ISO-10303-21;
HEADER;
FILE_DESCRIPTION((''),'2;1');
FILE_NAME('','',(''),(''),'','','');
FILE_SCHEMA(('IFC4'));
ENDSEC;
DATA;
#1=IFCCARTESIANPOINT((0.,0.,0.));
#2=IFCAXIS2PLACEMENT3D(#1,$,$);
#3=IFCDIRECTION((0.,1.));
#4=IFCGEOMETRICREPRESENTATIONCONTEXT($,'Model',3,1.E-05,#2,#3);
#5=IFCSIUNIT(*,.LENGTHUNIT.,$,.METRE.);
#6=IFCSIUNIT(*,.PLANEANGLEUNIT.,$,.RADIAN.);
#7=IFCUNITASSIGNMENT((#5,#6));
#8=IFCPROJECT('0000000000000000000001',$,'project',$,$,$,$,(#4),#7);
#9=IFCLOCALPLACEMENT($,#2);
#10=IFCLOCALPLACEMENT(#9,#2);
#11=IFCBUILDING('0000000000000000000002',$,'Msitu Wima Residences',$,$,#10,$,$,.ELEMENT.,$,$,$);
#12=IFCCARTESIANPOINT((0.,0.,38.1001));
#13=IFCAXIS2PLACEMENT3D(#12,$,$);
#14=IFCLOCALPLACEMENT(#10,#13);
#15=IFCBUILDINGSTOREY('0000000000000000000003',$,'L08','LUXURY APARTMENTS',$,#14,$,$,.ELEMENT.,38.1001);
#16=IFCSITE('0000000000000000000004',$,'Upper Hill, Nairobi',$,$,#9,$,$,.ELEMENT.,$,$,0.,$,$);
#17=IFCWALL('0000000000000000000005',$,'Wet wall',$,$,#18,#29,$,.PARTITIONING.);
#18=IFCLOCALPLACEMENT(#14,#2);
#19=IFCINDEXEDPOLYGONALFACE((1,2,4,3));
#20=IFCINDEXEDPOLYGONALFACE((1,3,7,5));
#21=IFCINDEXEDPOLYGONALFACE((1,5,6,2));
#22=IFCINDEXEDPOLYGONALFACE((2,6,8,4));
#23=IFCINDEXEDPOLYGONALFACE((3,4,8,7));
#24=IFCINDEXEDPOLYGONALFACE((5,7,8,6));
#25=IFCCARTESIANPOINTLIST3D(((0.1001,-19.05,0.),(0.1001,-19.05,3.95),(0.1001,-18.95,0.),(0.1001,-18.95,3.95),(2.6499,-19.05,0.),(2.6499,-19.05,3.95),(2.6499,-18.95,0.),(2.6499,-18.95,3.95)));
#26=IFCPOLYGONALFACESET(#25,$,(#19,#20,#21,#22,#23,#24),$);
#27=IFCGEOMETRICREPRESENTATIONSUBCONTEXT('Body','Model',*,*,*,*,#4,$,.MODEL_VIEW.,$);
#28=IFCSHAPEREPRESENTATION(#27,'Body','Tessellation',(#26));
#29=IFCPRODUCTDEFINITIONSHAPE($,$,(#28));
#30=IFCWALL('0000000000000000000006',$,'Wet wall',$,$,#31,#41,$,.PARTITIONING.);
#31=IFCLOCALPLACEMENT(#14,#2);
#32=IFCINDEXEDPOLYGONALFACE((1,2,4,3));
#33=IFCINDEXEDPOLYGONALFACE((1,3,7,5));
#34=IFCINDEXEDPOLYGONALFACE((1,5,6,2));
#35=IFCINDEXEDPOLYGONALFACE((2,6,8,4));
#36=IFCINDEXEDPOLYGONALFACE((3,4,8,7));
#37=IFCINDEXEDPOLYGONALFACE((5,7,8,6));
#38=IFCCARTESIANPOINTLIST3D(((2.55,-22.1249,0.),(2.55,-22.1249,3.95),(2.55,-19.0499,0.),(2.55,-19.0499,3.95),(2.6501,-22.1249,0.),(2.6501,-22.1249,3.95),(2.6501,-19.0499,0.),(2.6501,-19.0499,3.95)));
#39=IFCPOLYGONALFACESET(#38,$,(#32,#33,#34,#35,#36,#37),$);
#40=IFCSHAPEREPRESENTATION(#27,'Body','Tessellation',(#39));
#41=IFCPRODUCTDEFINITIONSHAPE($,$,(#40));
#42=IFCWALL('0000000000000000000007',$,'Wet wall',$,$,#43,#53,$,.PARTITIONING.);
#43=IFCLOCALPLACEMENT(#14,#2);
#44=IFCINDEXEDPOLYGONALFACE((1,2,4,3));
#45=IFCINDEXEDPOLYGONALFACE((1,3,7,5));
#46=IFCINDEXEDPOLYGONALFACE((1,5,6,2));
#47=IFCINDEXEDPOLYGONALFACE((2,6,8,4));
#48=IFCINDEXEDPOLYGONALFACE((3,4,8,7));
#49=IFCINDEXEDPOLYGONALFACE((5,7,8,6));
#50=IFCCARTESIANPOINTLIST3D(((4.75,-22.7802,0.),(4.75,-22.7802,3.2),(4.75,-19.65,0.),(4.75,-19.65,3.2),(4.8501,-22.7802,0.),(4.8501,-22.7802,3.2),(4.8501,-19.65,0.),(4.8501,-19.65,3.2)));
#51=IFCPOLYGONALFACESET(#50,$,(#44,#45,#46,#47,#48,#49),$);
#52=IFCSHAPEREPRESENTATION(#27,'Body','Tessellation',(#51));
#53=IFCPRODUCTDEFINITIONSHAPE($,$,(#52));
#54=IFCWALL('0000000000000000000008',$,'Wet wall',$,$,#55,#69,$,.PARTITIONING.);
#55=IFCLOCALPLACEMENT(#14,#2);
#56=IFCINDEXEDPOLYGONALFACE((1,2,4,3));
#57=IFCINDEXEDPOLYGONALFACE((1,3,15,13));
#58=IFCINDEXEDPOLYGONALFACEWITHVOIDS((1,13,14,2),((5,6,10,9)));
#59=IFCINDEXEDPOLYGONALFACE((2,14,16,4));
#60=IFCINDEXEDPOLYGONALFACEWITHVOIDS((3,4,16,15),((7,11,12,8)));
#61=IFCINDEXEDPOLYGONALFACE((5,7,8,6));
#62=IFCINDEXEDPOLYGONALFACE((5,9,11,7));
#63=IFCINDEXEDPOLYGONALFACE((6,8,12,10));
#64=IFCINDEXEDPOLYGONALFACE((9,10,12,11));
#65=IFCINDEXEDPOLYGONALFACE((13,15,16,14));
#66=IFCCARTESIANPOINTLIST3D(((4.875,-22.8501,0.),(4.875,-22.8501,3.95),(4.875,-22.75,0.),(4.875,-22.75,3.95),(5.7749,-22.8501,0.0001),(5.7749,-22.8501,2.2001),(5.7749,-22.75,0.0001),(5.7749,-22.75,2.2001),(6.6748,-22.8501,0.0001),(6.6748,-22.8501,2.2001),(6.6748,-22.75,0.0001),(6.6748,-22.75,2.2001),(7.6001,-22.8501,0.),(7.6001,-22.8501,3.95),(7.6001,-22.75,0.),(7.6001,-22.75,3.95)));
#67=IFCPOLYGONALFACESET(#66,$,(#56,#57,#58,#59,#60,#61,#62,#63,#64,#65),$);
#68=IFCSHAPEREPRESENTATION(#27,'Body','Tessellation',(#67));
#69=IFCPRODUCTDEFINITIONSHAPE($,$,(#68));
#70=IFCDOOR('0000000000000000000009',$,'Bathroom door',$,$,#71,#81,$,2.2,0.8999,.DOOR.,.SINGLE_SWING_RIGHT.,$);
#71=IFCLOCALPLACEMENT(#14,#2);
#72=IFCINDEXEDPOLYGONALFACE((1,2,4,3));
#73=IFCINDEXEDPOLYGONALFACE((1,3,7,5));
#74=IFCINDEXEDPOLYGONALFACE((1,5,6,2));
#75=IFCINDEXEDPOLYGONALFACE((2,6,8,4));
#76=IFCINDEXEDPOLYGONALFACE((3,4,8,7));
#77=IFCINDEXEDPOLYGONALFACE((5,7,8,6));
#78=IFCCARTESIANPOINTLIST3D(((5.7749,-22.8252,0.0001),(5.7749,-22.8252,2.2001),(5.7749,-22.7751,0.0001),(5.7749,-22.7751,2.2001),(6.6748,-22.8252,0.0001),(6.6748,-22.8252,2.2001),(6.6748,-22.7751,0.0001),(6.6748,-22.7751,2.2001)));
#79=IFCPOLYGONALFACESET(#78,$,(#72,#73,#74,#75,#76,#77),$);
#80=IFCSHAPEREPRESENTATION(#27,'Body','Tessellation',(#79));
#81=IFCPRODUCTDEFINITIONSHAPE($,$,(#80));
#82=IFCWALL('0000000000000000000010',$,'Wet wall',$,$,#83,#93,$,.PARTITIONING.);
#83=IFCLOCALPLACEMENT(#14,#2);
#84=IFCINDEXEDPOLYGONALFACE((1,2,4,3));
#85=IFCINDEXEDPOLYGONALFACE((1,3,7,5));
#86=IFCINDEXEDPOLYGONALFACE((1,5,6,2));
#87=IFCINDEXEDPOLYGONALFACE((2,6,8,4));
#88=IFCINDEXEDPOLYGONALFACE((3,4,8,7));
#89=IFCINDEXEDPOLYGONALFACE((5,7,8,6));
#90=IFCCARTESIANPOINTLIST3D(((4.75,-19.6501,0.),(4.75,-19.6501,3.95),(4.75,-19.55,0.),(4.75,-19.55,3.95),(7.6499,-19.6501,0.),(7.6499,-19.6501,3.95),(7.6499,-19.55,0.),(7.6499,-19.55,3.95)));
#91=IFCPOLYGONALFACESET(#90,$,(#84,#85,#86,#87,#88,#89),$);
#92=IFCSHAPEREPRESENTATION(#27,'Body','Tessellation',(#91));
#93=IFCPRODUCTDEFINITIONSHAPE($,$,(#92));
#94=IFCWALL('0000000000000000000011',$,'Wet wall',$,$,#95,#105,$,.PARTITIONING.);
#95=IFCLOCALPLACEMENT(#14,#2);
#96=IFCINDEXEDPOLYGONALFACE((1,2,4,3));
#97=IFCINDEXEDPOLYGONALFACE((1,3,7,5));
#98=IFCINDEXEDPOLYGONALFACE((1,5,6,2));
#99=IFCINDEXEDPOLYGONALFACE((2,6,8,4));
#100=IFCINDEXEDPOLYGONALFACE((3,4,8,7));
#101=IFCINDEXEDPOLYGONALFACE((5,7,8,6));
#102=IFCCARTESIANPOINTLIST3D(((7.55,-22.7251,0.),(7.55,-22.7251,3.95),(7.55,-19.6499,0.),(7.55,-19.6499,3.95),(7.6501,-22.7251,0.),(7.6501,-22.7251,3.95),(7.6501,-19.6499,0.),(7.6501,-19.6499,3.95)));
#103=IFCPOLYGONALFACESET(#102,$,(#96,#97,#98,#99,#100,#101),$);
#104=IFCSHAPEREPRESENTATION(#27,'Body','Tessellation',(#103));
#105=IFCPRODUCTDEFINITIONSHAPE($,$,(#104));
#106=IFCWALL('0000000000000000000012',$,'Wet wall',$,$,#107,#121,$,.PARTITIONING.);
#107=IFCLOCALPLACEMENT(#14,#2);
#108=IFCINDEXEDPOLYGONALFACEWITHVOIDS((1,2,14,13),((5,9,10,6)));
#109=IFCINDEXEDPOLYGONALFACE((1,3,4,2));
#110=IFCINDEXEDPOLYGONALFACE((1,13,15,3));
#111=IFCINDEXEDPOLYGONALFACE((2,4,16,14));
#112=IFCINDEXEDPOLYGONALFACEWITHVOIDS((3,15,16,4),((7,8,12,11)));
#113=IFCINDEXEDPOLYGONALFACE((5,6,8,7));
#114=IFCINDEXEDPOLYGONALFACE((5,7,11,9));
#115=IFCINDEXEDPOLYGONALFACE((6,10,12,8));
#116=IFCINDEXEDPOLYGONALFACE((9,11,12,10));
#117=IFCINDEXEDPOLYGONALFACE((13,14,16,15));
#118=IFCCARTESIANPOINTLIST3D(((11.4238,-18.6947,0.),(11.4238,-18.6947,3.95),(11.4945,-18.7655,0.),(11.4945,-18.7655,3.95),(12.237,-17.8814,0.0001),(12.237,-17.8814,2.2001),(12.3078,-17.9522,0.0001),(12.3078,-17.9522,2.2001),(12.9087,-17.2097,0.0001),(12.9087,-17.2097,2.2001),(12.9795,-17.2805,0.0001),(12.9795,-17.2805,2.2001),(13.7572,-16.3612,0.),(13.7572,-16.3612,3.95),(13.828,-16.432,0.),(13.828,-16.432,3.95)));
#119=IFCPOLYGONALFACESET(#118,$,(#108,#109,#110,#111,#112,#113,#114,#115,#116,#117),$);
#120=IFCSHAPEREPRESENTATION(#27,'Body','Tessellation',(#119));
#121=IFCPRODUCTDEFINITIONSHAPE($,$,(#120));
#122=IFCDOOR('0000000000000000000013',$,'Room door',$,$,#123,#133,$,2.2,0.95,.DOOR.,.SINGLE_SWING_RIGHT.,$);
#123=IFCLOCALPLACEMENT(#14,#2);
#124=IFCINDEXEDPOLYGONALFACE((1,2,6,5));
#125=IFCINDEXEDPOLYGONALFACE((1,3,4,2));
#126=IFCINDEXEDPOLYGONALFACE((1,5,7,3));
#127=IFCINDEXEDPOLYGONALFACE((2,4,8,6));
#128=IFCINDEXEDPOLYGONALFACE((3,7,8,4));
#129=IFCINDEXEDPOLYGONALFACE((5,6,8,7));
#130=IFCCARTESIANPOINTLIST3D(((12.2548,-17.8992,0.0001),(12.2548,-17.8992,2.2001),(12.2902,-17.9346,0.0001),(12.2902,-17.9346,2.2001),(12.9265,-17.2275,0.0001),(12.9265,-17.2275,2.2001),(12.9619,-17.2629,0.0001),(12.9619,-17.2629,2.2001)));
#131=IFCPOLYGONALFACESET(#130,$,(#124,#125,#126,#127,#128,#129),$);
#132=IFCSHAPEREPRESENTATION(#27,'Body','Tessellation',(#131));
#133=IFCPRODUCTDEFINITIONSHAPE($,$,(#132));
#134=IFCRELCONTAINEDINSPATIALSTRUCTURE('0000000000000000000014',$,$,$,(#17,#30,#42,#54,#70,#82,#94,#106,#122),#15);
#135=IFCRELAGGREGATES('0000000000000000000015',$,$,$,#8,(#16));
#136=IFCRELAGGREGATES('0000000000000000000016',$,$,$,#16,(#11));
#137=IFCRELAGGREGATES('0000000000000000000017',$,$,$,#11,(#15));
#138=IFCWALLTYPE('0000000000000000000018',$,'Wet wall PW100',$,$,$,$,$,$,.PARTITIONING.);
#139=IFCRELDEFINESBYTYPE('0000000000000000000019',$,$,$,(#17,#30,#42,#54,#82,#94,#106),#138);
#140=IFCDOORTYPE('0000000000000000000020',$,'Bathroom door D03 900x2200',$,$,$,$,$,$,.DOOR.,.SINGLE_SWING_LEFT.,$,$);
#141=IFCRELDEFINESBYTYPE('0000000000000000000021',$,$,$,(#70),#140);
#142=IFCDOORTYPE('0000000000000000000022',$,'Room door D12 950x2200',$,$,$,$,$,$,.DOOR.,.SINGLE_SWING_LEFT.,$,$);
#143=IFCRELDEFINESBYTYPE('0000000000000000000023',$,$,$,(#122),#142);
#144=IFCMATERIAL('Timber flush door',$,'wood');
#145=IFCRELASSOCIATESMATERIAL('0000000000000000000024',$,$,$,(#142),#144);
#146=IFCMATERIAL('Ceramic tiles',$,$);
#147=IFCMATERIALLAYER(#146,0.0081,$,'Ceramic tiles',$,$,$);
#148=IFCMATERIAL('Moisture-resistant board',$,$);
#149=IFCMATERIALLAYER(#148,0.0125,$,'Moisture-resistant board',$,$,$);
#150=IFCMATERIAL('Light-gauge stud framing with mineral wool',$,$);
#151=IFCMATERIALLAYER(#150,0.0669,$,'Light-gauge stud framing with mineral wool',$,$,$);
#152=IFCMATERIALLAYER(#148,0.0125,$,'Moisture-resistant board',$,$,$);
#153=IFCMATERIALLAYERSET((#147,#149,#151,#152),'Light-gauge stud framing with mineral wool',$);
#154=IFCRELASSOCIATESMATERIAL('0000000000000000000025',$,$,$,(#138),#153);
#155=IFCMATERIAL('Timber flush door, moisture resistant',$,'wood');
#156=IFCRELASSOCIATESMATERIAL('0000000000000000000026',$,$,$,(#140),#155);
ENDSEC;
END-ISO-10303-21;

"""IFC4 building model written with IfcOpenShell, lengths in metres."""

from ifc_helpers import new_model, si_unit, direction, frame, frame_2d, origin, place, context, subcontext, project, spatial, rectangle, extrude, material, layer, layer_set, type_object, element, fill, save


model = new_model("IFC4")

# Units and contexts
model_context = context("Model", 3, precision=1e-05, world=origin(), true_north=direction((0.0, 1.0)))
body_context = subcontext(model_context, "Body", "Model", "MODEL_VIEW")
ifc_project = project(units=[si_unit("LENGTHUNIT", "METRE"), si_unit("PLANEANGLEUNIT", "RADIAN")], contexts=[model_context])

# Site, building, storey
site_placement = place(None, origin())
site = spatial("IfcSite", under=ifc_project, at=site_placement, Name="Upper Hill, Nairobi", CompositionType="ELEMENT", RefElevation=0.0)
building_placement = place(site_placement, origin())
building = spatial("IfcBuilding", under=site, at=building_placement, Name="Msitu Wima Residences", CompositionType="ELEMENT")
storey_placement = place(building_placement, frame((0.0, 0.0, 38.1001)))
storey = spatial("IfcBuildingStorey", under=building, at=storey_placement, Name="L08", Description="LUXURY APARTMENTS", CompositionType="ELEMENT", Elevation=38.1001)

# Shared definitions
ifc_material_1 = material(Name="Timber flush door", Category="wood")
door_type_1 = type_object("IfcDoorType", Name="Room door D12 950x2200", OperationType="SINGLE_SWING_LEFT", PredefinedType="DOOR", material=ifc_material_1)

# Shared definitions
ifc_material_2 = material(Name="Ceramic tiles")
ifc_layer_1 = layer(ifc_material_2, 0.0081, Name="Ceramic tiles")
ifc_material_3 = material(Name="Moisture-resistant board")
ifc_layer_2 = layer(ifc_material_3, 0.0125, Name="Moisture-resistant board")
ifc_material_4 = material(Name="Light-gauge stud framing with mineral wool")
ifc_layer_3 = layer(ifc_material_4, 0.0669, Name="Light-gauge stud framing with mineral wool")
ifc_layer_4 = layer(ifc_material_3, 0.0125, Name="Moisture-resistant board")
ifc_layer_set_1 = layer_set([ifc_layer_1, ifc_layer_2, ifc_layer_3, ifc_layer_4], Name="Light-gauge stud framing with mineral wool")
wall_type_1 = type_object("IfcWallType", Name="Wet wall PW100", PredefinedType="PARTITIONING", material=ifc_layer_set_1)
ifc_material_5 = material(Name="Timber flush door, moisture resistant", Category="wood")
door_type_2 = type_object("IfcDoorType", Name="Bathroom door D03 900x2200", OperationType="SINGLE_SWING_LEFT", PredefinedType="DOOR", material=ifc_material_5)

# Walls
wall_1_placement = place(storey_placement, frame((0.1001, -19.0, 0.0), z_axis=(0.0, 0.0, 1.0), x_axis=(1.0, 0.0, 0.0)))
element("IfcWall", 1, at=wall_1_placement, inside=storey, type_object=wall_type_1, Name="Wet wall", PredefinedType="PARTITIONING", context=body_context, shape_type="SweptSolid", body=[
    extrude(rectangle(XDim=2.5498, YDim=0.1001, at=frame_2d((1.2749, 0.0))), origin(), (0.0, 0.0, 1.0), 3.95),
])
wall_2_placement = place(storey_placement, frame((2.6001, -22.125, 0.0), z_axis=(0.0, 0.0, 1.0), x_axis=(0.0, 1.0, 0.0)))
element("IfcWall", 2, at=wall_2_placement, inside=storey, type_object=wall_type_1, Name="Wet wall", PredefinedType="PARTITIONING", context=body_context, shape_type="SweptSolid", body=[
    extrude(rectangle(XDim=3.075, YDim=0.1001, at=frame_2d((1.5376, 0.0))), origin(), (0.0, 0.0, 1.0), 3.95),
])
wall_3_placement = place(storey_placement, frame((4.8, -22.78, 0.0), z_axis=(0.0, 0.0, 1.0), x_axis=(0.0, 1.0, 0.0)))
element("IfcWall", 3, at=wall_3_placement, inside=storey, type_object=wall_type_1, Name="Wet wall", PredefinedType="PARTITIONING", context=body_context, shape_type="SweptSolid", body=[
    extrude(rectangle(XDim=3.1301, YDim=0.1001, at=frame_2d((1.5649, 0.0))), origin(), (0.0, 0.0, 1.0), 3.2),
])

# Wall, opening, door
wall_4_placement = place(storey_placement, frame((4.875, -22.8, 0.0), z_axis=(0.0, 0.0, 1.0), x_axis=(1.0, 0.0, 0.0)))
wall_4 = element("IfcWall", 4, at=wall_4_placement, inside=storey, type_object=wall_type_1, Name="Wet wall", PredefinedType="PARTITIONING", context=body_context, shape_type="SweptSolid", body=[
    extrude(rectangle(XDim=2.7251, YDim=0.1001, at=frame_2d((1.3625, 0.0))), origin(), (0.0, 0.0, 1.0), 3.95),
])
opening_1_placement = place(wall_4_placement, frame((0.8999, 0.0, 0.0)))
opening_1 = element("IfcOpeningElement", 5, at=opening_1_placement, cuts=wall_4, PredefinedType="OPENING", context=body_context, shape_type="SweptSolid", body=[
    extrude(rectangle(XDim=0.8999, YDim=2.2, at=frame_2d((0.45, 1.1001))), frame((0.0, 0.0601, 0.0), z_axis=(0.0, -1.0, 0.0), x_axis=(1.0, 0.0, 0.0)), (0.0, 0.0, 1.0), 0.1201),
])
door_1_placement = place(opening_1_placement, origin())
door_1 = element("IfcDoor", 6, at=door_1_placement, inside=storey, type_object=door_type_2, Name="Bathroom door", OperationType="SINGLE_SWING_RIGHT", OverallHeight=2.2, OverallWidth=0.8999, PredefinedType="DOOR", context=body_context, shape_type="SweptSolid", body=[
    extrude(rectangle(XDim=0.8999, YDim=2.2, at=frame_2d((0.45, 1.1001))), frame((0.0, 0.0249, 0.0), z_axis=(0.0, -1.0, 0.0), x_axis=(1.0, 0.0, 0.0)), (0.0, 0.0, 1.0), 0.05),
])
fill(opening_1, door_1)

# Walls
wall_5_placement = place(storey_placement, frame((4.75, -19.6001, 0.0), z_axis=(0.0, 0.0, 1.0), x_axis=(1.0, 0.0, 0.0)))
element("IfcWall", 7, at=wall_5_placement, inside=storey, type_object=wall_type_1, Name="Wet wall", PredefinedType="PARTITIONING", context=body_context, shape_type="SweptSolid", body=[
    extrude(rectangle(XDim=2.8999, YDim=0.1001, at=frame_2d((1.45, 0.0))), origin(), (0.0, 0.0, 1.0), 3.95),
])
wall_6_placement = place(storey_placement, frame((7.6001, -22.7251, 0.0), z_axis=(0.0, 0.0, 1.0), x_axis=(0.0, 1.0, 0.0)))
element("IfcWall", 8, at=wall_6_placement, inside=storey, type_object=wall_type_1, Name="Wet wall", PredefinedType="PARTITIONING", context=body_context, shape_type="SweptSolid", body=[
    extrude(rectangle(XDim=3.0752, YDim=0.1001, at=frame_2d((1.5376, 0.0))), origin(), (0.0, 0.0, 1.0), 3.95),
])

# Wall, opening, door
wall_7_placement = place(storey_placement, frame((11.4592, -18.73, 0.0), z_axis=(0.0, 0.0, 1.0), x_axis=(0.707107, 0.707107, 0.0)))
wall_7 = element("IfcWall", 9, at=wall_7_placement, inside=storey, type_object=wall_type_1, Name="Wet wall", PredefinedType="PARTITIONING", context=body_context, shape_type="SweptSolid", body=[
    extrude(rectangle(XDim=3.3, YDim=0.1001, at=frame_2d((1.6499, 0.0))), origin(), (0.0, 0.0, 1.0), 3.95),
])
opening_2_placement = place(wall_7_placement, frame((1.1499, 0.0, 0.0)))
opening_2 = element("IfcOpeningElement", 10, at=opening_2_placement, cuts=wall_7, PredefinedType="OPENING", context=body_context, shape_type="SweptSolid", body=[
    extrude(rectangle(XDim=0.95, YDim=2.2, at=frame_2d((0.4751, 1.1001))), frame((0.0, 0.0601, 0.0), z_axis=(0.0, -1.0, 0.0), x_axis=(1.0, 0.0, 0.0)), (0.0, 0.0, 1.0), 0.1201),
])
door_2_placement = place(opening_2_placement, origin())
door_2 = element("IfcDoor", 11, at=door_2_placement, inside=storey, type_object=door_type_1, Name="Room door", OperationType="SINGLE_SWING_RIGHT", OverallHeight=2.2, OverallWidth=0.95, PredefinedType="DOOR", context=body_context, shape_type="SweptSolid", body=[
    extrude(rectangle(XDim=0.95, YDim=2.2, at=frame_2d((0.4751, 1.1001))), frame((0.0, 0.0249, 0.0), z_axis=(0.0, -1.0, 0.0), x_axis=(1.0, 0.0, 0.0)), (0.0, 0.0, 1.0), 0.05),
])
fill(opening_2, door_2)

save(model, "model.ifc")
